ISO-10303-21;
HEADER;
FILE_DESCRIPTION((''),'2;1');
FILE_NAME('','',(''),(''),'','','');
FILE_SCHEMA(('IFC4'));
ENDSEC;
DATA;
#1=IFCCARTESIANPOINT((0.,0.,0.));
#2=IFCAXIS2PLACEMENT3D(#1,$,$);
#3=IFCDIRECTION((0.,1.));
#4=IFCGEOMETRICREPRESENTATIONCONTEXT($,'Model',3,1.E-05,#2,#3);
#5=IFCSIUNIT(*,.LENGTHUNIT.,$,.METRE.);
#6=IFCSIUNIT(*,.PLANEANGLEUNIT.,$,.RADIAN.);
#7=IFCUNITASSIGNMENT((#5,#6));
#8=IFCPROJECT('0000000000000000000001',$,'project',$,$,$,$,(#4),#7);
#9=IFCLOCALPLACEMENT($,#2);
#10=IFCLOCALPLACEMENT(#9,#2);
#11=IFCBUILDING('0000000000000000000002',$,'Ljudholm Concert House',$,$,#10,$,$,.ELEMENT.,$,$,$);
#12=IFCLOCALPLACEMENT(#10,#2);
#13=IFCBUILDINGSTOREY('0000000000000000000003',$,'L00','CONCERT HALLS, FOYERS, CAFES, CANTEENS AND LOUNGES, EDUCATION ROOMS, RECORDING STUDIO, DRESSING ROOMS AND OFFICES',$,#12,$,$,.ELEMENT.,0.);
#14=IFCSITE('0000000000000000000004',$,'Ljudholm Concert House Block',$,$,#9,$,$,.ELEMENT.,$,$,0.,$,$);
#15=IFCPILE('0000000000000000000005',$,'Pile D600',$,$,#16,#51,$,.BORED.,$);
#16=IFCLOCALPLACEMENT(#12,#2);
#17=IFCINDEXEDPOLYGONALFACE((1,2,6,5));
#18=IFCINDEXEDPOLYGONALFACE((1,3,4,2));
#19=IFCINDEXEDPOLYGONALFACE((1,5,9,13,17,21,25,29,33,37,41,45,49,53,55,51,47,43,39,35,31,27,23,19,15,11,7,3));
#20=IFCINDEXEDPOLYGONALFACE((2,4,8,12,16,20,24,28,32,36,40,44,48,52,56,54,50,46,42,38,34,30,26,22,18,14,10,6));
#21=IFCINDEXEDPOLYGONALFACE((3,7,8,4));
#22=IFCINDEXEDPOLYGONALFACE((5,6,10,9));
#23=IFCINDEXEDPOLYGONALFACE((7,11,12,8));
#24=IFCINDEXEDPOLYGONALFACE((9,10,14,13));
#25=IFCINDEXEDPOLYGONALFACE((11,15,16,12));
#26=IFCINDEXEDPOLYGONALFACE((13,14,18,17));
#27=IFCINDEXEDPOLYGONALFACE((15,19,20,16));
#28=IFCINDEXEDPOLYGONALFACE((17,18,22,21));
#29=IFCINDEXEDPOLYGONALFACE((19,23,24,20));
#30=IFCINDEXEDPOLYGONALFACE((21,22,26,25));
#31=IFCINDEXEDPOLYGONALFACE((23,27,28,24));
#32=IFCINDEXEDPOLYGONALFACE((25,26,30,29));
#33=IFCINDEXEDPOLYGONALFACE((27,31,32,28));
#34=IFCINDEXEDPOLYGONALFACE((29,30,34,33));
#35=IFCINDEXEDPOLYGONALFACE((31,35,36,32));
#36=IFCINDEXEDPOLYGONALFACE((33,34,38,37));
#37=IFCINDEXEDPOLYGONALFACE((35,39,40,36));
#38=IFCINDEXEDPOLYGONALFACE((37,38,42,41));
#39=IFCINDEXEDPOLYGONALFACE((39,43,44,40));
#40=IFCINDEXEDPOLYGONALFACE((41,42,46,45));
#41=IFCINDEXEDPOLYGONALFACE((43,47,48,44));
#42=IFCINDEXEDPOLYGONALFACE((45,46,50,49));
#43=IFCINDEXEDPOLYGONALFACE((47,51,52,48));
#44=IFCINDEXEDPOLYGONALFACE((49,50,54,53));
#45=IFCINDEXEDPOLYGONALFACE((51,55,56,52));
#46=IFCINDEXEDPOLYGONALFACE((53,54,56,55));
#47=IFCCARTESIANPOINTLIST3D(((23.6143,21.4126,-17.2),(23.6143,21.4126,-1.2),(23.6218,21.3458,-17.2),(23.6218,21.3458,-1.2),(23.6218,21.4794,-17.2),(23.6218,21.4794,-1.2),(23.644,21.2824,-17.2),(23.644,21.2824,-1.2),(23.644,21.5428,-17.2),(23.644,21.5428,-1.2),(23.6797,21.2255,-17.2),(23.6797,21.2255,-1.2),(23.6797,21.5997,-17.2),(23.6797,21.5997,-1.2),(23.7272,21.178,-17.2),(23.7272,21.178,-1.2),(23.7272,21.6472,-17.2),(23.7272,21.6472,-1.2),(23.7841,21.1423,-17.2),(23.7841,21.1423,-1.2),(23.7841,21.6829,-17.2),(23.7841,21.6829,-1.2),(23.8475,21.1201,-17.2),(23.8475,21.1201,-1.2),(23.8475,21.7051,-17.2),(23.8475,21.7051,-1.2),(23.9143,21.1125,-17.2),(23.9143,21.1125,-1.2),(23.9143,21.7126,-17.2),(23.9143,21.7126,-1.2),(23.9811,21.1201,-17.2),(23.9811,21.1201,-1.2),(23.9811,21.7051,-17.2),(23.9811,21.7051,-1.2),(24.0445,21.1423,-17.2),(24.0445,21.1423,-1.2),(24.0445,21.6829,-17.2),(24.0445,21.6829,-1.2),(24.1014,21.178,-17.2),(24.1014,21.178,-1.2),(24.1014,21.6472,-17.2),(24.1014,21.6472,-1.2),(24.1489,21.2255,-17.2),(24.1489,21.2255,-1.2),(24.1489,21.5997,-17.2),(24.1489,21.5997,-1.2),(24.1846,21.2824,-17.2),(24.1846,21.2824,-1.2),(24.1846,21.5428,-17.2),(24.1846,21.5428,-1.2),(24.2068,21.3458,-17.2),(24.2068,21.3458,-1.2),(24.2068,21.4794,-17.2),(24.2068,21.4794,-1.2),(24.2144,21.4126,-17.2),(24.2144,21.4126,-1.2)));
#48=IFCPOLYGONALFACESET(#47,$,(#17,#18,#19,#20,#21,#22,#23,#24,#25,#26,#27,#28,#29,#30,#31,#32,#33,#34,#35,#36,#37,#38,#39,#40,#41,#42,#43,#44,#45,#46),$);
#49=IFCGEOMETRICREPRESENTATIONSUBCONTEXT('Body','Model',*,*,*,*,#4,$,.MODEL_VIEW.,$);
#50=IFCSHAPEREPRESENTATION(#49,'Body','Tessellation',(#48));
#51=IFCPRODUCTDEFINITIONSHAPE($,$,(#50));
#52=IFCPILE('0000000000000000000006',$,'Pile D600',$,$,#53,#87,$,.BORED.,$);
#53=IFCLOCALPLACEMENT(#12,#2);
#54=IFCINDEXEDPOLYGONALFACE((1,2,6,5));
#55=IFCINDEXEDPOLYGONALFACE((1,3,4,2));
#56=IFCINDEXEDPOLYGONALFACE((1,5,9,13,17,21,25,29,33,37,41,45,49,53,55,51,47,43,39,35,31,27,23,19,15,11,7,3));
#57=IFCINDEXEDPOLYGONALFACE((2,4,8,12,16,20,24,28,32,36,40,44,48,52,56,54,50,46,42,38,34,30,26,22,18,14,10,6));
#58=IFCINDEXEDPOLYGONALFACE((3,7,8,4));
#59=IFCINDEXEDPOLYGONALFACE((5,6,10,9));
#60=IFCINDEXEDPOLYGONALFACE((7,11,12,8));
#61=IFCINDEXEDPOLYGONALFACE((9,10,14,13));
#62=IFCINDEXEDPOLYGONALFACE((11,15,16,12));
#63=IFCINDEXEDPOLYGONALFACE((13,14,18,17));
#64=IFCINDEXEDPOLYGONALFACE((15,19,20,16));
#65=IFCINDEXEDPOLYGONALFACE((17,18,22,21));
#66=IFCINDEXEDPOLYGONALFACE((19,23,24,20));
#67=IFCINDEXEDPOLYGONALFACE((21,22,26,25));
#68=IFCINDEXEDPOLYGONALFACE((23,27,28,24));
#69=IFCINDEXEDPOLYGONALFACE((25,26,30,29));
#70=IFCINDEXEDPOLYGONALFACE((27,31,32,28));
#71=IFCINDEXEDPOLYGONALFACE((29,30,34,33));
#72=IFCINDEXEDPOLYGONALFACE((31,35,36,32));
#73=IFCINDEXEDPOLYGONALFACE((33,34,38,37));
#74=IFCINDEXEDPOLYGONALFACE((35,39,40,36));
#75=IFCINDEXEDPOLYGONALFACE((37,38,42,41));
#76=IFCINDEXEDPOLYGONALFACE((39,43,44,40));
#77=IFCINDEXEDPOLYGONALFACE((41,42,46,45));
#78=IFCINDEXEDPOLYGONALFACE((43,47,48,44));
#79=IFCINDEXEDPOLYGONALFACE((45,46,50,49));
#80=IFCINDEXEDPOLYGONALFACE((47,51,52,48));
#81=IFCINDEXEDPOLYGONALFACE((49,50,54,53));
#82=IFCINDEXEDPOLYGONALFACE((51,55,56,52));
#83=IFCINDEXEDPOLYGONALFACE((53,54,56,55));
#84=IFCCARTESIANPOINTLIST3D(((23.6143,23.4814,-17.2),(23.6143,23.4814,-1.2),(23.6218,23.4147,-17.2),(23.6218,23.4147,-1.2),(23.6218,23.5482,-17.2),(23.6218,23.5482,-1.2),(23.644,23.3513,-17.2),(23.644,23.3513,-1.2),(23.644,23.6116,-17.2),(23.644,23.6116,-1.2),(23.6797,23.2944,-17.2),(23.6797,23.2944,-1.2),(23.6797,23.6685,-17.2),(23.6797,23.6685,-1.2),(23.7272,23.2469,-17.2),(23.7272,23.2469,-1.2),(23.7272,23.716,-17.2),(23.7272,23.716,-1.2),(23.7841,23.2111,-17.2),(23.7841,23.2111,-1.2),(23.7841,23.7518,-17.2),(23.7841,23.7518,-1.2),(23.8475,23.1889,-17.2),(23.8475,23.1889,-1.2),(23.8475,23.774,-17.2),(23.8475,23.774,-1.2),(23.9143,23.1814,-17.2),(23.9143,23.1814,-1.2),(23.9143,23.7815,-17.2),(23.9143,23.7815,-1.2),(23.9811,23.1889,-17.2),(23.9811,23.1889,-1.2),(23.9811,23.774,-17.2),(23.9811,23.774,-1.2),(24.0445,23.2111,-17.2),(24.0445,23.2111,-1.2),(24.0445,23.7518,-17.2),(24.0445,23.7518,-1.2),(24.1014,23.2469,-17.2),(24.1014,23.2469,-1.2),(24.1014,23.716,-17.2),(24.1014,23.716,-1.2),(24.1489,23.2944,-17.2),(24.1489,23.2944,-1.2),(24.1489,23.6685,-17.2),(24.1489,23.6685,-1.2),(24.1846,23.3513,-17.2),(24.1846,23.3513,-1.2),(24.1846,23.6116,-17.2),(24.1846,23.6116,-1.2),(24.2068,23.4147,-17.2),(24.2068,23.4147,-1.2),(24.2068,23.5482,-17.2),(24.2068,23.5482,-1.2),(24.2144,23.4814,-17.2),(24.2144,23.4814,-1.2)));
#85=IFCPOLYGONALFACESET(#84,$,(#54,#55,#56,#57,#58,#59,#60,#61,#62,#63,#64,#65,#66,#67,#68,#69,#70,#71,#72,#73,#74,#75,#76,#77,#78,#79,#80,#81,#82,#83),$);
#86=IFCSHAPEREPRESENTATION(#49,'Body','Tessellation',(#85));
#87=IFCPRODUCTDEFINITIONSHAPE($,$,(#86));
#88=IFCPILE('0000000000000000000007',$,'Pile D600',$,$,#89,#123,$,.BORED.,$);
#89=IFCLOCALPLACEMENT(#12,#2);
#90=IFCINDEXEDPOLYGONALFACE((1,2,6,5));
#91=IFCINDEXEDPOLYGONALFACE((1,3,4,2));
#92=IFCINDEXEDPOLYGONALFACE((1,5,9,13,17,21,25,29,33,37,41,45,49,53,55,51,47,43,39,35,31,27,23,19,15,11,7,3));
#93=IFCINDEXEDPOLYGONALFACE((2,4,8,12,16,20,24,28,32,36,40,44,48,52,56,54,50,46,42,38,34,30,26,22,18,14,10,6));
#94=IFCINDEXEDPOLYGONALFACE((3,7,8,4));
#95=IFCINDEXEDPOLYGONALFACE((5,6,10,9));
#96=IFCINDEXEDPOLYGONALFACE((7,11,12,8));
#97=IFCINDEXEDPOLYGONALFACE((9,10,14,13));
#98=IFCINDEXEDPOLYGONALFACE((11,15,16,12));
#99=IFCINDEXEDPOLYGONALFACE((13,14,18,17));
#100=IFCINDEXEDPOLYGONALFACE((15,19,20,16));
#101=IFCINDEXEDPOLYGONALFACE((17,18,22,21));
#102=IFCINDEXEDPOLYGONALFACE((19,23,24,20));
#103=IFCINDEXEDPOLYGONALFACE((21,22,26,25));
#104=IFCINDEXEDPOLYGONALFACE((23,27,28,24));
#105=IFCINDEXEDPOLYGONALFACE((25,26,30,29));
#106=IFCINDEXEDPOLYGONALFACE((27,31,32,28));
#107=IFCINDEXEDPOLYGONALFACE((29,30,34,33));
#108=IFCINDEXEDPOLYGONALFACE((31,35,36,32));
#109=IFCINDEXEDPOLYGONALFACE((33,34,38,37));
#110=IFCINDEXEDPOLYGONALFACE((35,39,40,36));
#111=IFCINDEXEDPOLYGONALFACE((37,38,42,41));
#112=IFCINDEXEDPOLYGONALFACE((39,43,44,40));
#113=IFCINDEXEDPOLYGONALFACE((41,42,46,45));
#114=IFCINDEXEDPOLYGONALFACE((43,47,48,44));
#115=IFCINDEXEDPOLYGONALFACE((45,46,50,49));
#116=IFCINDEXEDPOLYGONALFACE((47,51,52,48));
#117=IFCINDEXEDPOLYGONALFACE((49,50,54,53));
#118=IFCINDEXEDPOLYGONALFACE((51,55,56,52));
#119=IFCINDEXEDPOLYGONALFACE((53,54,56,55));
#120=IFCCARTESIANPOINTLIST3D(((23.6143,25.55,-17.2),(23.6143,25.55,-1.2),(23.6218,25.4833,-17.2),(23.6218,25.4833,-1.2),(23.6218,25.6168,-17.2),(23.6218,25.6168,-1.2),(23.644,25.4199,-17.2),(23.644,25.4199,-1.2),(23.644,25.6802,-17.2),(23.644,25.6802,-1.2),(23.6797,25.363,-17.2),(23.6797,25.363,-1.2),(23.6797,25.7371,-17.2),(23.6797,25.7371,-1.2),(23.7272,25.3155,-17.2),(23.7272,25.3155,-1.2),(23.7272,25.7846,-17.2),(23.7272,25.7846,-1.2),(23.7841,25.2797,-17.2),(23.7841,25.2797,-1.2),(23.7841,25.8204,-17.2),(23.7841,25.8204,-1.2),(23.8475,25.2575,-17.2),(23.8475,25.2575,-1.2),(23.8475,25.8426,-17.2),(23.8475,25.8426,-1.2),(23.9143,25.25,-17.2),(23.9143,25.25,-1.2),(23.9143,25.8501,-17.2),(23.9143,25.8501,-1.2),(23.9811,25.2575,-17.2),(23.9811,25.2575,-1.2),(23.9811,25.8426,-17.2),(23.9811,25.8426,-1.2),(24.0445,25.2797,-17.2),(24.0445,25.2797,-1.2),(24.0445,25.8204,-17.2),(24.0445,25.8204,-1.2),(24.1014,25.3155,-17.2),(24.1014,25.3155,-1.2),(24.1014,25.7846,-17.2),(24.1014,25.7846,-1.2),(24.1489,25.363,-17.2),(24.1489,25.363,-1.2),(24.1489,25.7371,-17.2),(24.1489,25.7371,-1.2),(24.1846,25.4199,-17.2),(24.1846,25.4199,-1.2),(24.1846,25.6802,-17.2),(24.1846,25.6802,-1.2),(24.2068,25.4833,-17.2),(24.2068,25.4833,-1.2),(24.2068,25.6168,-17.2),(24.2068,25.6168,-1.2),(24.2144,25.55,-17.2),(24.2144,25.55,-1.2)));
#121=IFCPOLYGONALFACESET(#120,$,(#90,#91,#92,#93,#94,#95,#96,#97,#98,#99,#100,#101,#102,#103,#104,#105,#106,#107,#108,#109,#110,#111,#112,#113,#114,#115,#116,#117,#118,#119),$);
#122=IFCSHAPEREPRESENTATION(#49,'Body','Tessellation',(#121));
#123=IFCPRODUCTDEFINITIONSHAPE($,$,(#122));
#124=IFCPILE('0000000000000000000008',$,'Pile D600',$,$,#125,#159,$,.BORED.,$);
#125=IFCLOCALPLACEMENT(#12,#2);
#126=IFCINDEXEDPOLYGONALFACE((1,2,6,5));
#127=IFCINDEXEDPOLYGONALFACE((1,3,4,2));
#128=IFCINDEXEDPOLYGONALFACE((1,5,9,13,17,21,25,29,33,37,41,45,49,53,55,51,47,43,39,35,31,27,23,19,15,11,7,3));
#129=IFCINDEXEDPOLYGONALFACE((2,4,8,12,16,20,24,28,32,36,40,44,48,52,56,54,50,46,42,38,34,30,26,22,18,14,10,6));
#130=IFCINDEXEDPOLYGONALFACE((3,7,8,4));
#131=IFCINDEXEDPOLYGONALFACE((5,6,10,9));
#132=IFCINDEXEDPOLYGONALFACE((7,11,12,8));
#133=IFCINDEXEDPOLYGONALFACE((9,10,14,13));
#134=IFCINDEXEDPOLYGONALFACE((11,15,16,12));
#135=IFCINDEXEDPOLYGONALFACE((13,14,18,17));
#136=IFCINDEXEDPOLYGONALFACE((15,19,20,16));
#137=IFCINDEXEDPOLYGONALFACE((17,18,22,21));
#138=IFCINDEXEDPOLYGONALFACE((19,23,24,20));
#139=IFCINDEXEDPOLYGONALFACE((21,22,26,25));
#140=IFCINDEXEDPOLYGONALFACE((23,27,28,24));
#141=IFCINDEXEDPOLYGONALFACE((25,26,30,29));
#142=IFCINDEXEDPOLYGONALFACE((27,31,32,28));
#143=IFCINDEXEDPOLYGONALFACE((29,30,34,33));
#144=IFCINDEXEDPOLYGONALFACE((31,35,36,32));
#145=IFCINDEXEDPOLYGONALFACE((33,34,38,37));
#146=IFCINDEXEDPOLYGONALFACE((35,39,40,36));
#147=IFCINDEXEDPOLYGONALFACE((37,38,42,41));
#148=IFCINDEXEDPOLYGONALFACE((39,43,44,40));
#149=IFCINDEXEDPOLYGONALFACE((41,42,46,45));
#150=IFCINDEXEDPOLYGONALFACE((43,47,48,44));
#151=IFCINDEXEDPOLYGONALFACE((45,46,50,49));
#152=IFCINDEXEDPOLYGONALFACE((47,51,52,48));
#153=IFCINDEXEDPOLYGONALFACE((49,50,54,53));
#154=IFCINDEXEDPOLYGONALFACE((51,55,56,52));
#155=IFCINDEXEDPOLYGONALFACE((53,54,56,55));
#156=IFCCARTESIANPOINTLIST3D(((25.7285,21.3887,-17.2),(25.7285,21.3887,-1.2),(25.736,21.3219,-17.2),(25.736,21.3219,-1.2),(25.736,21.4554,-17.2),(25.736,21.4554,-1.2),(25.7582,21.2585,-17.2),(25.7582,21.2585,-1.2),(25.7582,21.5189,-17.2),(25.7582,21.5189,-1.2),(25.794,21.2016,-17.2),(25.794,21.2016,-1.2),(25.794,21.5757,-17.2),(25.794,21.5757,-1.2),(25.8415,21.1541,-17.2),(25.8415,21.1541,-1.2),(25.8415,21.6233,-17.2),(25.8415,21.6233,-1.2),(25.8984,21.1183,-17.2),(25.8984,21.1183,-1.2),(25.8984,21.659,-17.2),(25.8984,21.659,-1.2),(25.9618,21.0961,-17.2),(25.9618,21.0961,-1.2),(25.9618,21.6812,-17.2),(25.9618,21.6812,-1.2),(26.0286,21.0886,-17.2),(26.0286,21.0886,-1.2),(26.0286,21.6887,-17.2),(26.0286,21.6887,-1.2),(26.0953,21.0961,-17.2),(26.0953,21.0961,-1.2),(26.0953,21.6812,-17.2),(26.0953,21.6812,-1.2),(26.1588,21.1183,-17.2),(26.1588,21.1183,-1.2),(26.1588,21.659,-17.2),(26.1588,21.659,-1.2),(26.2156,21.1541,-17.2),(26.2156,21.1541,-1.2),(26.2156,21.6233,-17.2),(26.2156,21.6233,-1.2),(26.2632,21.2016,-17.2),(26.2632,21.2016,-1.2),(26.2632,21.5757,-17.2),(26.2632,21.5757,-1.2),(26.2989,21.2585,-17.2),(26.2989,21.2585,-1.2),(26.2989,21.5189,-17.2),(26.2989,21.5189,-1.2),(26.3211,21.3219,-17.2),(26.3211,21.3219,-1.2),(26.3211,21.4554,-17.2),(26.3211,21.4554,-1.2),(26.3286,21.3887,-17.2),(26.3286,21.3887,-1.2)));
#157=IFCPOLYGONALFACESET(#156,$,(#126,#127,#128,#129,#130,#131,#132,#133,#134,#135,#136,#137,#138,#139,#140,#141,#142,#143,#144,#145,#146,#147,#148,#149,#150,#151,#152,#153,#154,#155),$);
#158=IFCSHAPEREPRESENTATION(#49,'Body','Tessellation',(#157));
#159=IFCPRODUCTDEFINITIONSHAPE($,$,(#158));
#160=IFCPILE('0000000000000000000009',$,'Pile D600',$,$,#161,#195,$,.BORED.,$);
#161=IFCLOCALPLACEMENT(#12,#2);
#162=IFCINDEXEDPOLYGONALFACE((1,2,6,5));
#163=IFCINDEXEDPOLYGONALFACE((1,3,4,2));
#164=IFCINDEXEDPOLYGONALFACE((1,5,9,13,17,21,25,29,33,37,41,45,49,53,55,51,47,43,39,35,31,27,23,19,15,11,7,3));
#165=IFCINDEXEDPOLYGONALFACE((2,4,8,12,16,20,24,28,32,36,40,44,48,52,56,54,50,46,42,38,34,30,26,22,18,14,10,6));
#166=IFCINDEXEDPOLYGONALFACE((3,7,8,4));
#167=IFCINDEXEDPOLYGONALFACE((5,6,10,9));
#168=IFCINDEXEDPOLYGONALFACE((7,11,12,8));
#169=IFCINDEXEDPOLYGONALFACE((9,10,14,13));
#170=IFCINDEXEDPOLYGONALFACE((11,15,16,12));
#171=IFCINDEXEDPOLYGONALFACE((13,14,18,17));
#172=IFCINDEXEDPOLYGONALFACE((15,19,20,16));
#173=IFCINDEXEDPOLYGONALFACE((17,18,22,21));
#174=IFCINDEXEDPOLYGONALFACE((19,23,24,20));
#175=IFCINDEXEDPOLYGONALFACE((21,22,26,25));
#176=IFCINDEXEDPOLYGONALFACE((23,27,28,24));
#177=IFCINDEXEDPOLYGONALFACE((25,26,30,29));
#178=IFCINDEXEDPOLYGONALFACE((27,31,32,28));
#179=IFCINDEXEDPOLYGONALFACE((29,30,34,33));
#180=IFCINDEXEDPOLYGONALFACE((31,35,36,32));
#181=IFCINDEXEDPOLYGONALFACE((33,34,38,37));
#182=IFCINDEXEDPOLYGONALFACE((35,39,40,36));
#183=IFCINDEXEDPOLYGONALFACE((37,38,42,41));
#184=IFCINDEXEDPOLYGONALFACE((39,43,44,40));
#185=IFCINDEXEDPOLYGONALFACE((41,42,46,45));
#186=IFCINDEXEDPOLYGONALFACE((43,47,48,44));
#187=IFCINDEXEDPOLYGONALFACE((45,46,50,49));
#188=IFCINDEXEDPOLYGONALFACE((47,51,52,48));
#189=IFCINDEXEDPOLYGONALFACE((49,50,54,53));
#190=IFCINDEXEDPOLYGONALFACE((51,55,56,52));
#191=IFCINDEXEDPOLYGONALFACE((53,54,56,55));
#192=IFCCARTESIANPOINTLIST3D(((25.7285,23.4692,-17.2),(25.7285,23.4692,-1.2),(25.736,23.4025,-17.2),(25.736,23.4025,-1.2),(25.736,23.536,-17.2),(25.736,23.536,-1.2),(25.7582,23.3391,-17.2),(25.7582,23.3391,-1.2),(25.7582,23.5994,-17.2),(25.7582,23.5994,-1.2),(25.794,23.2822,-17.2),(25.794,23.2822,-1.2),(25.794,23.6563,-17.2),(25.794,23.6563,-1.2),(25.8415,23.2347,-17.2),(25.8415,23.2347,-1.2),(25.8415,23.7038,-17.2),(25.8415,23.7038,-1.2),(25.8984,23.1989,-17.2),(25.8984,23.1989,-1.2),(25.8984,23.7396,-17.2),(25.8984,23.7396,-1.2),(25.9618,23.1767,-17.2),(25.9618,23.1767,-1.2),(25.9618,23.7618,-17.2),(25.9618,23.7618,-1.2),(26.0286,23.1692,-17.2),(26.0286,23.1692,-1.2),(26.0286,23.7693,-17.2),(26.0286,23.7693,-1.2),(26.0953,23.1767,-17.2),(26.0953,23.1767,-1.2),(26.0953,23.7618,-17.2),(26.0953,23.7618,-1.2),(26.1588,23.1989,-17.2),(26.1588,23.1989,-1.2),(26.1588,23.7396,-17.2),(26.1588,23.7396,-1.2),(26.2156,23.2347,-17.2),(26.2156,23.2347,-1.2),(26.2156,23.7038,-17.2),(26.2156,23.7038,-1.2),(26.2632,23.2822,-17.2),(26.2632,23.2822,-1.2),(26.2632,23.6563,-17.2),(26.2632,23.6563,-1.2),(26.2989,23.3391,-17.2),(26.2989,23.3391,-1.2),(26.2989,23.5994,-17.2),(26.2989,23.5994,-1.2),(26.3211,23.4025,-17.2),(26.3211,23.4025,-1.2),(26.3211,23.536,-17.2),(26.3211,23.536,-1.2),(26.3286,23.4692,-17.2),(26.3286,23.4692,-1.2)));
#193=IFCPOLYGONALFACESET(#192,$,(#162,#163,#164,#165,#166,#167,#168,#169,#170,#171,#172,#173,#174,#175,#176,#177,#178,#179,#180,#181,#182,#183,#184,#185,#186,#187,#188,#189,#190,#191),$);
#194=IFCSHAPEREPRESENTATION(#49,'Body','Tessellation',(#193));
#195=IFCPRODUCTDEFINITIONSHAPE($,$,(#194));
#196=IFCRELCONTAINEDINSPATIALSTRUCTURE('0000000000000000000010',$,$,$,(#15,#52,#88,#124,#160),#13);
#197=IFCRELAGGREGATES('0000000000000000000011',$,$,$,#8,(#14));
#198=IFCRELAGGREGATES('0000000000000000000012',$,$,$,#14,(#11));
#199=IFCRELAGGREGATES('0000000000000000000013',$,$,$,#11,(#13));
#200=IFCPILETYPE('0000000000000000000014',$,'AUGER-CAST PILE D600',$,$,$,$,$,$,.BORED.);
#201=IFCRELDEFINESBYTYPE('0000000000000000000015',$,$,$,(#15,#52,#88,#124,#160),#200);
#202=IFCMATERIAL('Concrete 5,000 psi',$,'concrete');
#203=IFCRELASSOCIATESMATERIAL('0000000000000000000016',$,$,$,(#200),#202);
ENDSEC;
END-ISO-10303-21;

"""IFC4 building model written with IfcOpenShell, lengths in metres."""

from ifc_helpers import new_model, si_unit, direction, frame, origin, origin_2d, place, context, subcontext, project, spatial, circle, extrude, material, material_profile, profile_set, type_object, element, save


model = new_model("IFC4")

# Units and contexts
model_context = context("Model", 3, precision=1e-05, world=origin(), true_north=direction((0.0, 1.0)))
body_context = subcontext(model_context, "Body", "Model", "MODEL_VIEW")
ifc_project = project(units=[si_unit("LENGTHUNIT", "METRE"), si_unit("PLANEANGLEUNIT", "RADIAN")], contexts=[model_context])

# Site, building, storey
site_placement = place(None, origin())
site = spatial("IfcSite", under=ifc_project, at=site_placement, Name="Ljudholm Concert House Block", CompositionType="ELEMENT", RefElevation=0.0)
building_placement = place(site_placement, origin())
building = spatial("IfcBuilding", under=site, at=building_placement, Name="Ljudholm Concert House", CompositionType="ELEMENT")
storey_placement = place(building_placement, origin())
storey = spatial("IfcBuildingStorey", under=building, at=storey_placement, Name="L00", Description="CONCERT HALLS, FOYERS, CAFES, CANTEENS AND LOUNGES, EDUCATION ROOMS, RECORDING STUDIO, DRESSING ROOMS AND OFFICES", CompositionType="ELEMENT", Elevation=0.0)

# Piles
ifc_material_1 = material(Name="Concrete 5,000 psi", Category="concrete")
ifc_material_profile = material_profile(ifc_material_1, circle(Radius=0.3, at=origin_2d()), Name="AUGER-CAST PILE D600")
ifc_profile_set = profile_set([ifc_material_profile], Name="Concrete 5,000 psi")
pile_type = type_object("IfcPileType", Name="AUGER-CAST PILE D600", PredefinedType="BORED", material=ifc_profile_set)
for number, where, z_axis, x_axis, name in (
    (1, (23.9143, 21.4126, -1.2), (0.0, 0.0, -1.0), (1.0, 0.0, 0.0), "Pile D600"),
    (2, (23.9143, 23.4814, -1.2), (0.0, 0.0, -1.0), (1.0, 0.0, 0.0), "Pile D600"),
    (3, (23.9143, 25.55, -1.2), (0.0, 0.0, -1.0), (1.0, 0.0, 0.0), "Pile D600"),
    (4, (26.0286, 21.3887, -1.2), (0.0, 0.0, -1.0), (1.0, 0.0, 0.0), "Pile D600"),
    (5, (26.0286, 23.4692, -1.2), (0.0, 0.0, -1.0), (1.0, 0.0, 0.0), "Pile D600"),
):
    element("IfcPile", number, at=place(storey_placement, frame(where, z_axis=z_axis, x_axis=x_axis)), inside=storey, type_object=pile_type, Name=name, PredefinedType="BORED", context=body_context, shape_type="SweptSolid", body=[
        extrude(circle(Radius=0.3, at=origin_2d()), origin(), (0.0, 0.0, 1.0), 16.0),
    ])

save(model, "model.ifc")
